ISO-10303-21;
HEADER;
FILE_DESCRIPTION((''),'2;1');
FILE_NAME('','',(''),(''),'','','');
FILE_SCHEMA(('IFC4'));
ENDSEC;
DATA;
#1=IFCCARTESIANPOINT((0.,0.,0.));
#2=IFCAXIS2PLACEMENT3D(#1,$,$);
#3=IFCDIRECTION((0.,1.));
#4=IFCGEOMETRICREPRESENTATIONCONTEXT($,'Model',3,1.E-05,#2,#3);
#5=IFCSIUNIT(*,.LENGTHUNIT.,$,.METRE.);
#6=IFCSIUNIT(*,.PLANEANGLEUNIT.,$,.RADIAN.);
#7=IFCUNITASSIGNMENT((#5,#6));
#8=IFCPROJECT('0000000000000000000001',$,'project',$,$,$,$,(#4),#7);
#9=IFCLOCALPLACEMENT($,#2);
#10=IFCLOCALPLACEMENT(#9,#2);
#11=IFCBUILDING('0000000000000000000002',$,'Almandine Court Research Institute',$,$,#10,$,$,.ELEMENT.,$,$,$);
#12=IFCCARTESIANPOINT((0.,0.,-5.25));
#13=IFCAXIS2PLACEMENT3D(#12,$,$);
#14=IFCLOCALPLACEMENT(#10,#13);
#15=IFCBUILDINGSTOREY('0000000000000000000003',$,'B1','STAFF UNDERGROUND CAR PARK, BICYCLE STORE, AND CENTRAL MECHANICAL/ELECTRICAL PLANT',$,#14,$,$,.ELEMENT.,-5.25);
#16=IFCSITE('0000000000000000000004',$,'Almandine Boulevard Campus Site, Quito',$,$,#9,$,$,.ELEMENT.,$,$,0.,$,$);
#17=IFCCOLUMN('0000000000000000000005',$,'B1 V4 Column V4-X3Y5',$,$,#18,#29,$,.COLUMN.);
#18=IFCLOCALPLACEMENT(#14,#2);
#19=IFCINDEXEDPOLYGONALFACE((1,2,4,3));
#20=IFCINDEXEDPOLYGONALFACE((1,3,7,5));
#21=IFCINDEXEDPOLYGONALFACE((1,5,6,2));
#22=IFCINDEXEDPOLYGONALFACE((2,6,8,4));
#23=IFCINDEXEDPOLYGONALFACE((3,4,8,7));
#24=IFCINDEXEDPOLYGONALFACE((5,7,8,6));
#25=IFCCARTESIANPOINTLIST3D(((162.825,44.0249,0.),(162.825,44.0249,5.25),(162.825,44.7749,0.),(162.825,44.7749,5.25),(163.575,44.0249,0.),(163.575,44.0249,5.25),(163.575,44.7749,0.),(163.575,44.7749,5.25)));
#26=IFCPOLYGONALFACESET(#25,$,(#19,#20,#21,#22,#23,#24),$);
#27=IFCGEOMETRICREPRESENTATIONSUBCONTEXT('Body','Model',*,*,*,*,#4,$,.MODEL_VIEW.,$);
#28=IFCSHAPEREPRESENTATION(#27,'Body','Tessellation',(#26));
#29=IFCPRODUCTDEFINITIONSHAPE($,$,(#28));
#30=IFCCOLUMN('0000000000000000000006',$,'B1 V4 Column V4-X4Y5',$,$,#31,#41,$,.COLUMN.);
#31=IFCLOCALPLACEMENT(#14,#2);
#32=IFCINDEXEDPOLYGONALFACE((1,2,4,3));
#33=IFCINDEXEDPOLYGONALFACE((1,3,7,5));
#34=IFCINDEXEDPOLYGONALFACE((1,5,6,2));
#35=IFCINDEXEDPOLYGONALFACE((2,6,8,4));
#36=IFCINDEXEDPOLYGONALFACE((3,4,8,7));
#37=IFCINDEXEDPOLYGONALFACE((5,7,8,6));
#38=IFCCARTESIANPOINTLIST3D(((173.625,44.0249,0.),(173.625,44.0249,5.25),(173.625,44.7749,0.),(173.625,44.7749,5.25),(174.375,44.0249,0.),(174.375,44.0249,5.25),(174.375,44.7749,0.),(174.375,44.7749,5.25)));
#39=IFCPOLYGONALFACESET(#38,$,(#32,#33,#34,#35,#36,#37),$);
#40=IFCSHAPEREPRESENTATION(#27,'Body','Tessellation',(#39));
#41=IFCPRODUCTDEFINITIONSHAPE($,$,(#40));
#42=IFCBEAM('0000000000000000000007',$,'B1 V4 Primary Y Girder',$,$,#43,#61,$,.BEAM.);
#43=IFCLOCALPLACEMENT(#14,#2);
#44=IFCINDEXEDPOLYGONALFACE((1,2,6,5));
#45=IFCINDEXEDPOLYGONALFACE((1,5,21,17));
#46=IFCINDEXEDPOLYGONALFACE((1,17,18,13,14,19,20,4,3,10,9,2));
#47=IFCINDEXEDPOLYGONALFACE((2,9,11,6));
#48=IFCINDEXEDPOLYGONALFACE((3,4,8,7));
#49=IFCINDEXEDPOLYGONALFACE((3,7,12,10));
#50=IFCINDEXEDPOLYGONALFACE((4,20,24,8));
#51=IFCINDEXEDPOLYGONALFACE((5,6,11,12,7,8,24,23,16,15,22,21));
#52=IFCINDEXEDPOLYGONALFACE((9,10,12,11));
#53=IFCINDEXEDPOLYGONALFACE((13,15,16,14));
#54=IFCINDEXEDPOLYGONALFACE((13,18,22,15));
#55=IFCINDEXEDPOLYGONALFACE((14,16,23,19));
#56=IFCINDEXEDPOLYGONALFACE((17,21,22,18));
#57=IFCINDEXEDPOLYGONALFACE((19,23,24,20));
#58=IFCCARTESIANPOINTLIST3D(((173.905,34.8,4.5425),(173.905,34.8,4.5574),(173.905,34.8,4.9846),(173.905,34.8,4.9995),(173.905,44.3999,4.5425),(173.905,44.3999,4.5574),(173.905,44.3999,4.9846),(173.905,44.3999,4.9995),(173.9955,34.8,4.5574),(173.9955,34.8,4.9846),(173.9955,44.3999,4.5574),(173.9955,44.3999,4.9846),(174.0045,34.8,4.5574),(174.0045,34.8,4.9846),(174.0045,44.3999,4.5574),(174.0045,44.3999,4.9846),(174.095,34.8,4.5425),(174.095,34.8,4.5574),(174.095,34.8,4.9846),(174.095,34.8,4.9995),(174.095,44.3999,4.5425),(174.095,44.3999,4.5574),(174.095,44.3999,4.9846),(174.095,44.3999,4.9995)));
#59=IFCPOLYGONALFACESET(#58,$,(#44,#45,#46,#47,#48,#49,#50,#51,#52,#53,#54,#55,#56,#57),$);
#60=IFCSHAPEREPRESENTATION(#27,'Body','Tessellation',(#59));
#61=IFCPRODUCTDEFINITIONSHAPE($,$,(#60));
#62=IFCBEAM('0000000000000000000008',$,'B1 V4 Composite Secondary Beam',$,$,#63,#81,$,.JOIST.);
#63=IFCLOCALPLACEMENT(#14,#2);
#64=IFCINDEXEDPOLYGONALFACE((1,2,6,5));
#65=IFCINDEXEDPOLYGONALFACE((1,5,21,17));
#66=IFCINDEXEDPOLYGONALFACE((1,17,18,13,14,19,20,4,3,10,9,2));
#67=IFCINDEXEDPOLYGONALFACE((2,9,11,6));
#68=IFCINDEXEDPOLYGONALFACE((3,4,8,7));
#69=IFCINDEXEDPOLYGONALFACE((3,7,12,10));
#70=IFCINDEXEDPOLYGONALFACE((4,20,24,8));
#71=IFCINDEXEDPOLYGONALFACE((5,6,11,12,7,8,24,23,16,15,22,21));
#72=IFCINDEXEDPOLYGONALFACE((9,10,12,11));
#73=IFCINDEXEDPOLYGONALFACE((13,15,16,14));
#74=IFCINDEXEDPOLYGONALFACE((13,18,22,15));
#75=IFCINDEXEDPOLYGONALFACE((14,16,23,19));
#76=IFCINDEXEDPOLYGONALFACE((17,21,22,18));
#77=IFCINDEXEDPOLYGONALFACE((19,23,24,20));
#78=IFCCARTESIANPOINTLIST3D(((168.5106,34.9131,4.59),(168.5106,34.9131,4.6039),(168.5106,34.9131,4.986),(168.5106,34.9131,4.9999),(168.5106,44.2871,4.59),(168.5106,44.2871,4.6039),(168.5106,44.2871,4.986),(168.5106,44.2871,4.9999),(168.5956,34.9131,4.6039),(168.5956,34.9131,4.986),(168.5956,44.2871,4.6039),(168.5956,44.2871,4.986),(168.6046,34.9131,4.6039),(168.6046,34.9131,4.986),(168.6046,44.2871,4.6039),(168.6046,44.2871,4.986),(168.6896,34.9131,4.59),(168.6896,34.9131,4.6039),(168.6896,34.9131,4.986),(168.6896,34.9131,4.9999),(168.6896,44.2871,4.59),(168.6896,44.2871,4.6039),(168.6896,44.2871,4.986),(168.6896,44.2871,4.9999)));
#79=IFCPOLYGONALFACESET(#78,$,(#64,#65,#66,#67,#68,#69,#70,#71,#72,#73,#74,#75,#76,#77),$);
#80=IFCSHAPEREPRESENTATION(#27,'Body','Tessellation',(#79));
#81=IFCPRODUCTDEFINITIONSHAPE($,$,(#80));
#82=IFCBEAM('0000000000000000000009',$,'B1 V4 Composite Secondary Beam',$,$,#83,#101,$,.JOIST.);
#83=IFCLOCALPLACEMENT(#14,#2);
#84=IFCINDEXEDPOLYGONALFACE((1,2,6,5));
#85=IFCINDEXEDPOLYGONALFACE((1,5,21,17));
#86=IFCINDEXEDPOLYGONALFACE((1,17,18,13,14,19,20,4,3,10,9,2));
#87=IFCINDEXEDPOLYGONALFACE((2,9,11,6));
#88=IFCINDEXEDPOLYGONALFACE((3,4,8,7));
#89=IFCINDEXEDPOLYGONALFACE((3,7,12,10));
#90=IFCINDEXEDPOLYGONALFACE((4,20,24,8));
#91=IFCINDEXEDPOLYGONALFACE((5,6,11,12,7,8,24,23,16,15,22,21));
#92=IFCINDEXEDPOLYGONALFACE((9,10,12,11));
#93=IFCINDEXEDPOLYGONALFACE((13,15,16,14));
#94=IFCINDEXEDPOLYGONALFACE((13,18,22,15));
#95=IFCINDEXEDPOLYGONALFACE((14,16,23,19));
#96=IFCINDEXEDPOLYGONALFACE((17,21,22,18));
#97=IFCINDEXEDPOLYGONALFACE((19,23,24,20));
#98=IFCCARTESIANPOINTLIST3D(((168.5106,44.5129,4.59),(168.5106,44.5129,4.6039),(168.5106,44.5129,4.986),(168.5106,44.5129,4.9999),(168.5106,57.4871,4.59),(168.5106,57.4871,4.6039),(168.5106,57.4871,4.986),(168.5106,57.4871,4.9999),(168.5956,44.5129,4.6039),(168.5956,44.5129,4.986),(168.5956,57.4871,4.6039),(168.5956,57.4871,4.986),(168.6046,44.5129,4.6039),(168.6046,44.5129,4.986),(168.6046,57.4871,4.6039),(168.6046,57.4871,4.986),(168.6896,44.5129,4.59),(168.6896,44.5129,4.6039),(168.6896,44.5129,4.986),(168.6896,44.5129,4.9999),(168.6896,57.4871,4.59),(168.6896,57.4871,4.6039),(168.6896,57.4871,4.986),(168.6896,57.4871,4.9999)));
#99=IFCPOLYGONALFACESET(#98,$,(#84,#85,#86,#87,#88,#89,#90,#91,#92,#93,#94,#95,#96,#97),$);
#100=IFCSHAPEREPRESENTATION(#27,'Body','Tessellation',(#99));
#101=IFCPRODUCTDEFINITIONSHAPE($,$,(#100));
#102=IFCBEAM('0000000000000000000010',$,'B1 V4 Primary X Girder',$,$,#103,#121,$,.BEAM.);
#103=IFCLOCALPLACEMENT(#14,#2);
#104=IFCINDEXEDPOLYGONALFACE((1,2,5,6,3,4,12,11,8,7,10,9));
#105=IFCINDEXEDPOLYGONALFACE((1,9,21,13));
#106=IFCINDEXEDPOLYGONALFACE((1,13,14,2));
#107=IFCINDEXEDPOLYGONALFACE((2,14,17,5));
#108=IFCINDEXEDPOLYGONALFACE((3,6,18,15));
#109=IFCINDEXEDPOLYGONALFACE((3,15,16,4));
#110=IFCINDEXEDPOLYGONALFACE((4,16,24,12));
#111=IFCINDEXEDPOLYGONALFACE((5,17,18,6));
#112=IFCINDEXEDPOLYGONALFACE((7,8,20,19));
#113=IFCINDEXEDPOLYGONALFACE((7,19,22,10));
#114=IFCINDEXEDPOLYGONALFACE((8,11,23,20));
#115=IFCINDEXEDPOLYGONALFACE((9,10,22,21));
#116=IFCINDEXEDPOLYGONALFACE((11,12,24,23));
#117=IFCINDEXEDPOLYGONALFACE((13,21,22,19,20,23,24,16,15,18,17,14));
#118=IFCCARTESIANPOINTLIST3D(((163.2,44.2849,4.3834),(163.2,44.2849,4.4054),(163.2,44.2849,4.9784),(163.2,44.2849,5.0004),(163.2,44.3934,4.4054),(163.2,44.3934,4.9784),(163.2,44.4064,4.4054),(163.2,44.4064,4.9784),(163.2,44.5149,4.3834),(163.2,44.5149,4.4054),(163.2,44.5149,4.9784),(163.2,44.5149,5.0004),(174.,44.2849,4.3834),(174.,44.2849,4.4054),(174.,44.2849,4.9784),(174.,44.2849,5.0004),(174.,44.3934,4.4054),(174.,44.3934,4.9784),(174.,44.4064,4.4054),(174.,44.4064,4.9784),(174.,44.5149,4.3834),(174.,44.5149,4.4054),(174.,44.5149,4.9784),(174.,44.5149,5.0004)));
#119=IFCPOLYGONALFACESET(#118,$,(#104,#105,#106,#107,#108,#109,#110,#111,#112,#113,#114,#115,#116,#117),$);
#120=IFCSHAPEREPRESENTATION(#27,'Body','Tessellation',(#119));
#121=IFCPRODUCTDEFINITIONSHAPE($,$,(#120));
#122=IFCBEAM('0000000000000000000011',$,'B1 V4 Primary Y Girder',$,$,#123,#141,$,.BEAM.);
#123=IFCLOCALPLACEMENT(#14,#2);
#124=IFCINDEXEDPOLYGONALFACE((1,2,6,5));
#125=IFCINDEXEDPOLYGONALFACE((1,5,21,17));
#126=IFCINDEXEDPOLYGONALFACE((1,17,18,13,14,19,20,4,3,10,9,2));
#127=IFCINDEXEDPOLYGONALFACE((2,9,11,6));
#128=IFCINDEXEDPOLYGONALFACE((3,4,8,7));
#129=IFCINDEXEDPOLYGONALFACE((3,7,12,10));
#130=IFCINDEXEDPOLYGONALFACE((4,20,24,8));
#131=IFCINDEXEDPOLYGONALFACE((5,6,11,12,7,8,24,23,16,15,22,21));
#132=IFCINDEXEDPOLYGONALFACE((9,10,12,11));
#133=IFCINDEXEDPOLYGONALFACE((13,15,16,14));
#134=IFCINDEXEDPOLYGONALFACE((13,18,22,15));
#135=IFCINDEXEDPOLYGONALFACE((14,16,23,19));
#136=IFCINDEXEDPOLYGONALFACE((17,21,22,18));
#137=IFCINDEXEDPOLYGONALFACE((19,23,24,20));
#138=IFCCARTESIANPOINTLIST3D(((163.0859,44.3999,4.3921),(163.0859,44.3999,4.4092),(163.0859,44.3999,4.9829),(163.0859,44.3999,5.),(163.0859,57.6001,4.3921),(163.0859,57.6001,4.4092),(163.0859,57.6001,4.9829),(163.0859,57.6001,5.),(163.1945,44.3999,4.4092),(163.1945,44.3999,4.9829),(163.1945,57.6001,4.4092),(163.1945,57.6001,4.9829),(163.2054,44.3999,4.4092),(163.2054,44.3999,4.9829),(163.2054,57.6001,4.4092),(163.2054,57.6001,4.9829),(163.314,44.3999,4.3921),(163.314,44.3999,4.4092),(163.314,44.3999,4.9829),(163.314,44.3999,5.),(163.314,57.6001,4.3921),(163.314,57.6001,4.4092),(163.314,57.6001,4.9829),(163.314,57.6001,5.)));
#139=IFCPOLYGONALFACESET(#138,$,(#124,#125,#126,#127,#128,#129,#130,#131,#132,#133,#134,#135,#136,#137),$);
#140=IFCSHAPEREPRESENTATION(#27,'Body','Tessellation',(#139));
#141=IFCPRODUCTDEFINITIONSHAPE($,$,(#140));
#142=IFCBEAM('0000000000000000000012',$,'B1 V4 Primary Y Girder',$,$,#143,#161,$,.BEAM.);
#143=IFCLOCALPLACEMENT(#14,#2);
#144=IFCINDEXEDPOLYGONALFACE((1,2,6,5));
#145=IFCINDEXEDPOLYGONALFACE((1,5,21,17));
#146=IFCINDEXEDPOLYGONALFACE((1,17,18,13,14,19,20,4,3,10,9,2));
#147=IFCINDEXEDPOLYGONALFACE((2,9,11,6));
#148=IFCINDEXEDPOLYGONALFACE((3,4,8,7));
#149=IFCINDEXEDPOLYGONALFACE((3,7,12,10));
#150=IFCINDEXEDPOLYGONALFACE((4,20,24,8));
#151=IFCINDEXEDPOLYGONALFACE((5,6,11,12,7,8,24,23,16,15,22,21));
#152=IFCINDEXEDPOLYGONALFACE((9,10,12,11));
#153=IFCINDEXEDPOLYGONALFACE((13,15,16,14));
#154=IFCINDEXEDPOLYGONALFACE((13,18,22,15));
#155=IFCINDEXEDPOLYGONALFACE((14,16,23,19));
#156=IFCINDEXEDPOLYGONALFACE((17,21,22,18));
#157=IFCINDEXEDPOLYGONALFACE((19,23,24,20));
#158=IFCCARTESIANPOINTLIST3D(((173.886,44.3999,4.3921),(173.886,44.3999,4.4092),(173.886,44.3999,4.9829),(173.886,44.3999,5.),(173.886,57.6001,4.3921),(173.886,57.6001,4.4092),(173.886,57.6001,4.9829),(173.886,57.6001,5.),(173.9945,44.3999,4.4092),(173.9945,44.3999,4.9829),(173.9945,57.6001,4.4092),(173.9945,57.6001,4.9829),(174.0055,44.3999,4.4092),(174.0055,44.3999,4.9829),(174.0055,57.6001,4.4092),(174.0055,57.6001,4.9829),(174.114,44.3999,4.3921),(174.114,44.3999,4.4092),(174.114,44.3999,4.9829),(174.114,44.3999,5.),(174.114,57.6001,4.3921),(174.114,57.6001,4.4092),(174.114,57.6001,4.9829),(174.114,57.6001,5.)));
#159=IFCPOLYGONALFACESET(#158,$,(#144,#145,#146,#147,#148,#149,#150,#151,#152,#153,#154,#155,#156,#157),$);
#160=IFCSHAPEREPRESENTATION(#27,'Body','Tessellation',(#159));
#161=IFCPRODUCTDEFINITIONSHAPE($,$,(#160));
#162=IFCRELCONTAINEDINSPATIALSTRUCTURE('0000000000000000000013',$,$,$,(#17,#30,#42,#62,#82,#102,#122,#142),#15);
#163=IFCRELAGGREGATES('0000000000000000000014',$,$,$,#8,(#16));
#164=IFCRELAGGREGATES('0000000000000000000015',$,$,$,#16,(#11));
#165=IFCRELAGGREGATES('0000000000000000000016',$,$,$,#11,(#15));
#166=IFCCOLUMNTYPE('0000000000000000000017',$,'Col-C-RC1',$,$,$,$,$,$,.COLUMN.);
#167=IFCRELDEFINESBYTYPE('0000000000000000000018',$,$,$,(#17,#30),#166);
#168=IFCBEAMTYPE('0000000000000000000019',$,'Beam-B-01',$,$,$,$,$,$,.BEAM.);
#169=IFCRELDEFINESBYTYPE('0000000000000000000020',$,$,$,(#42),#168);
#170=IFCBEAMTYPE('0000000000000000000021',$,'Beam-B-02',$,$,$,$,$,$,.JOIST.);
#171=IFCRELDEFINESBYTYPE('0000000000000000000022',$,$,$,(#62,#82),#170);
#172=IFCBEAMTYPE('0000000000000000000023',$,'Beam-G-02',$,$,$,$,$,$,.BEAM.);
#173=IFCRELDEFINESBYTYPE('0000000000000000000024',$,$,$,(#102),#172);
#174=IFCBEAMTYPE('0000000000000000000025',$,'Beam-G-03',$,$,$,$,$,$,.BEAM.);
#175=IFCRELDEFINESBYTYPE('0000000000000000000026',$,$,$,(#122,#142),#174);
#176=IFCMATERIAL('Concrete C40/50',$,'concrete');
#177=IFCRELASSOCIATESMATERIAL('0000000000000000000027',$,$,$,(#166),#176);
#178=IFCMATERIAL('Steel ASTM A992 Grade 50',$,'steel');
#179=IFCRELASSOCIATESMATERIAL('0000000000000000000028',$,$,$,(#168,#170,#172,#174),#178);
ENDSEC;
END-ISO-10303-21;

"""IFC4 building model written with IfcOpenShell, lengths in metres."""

from ifc_helpers import new_model, si_unit, direction, frame, origin, origin_2d, place, context, subcontext, project, spatial, rectangle, i_section, extrude, material, material_profile, profile_set, type_object, element, save


model = new_model("IFC4")

# Units and contexts
model_context = context("Model", 3, precision=1e-05, world=origin(), true_north=direction((0.0, 1.0)))
body_context = subcontext(model_context, "Body", "Model", "MODEL_VIEW")
ifc_project = project(units=[si_unit("LENGTHUNIT", "METRE"), si_unit("PLANEANGLEUNIT", "RADIAN")], contexts=[model_context])

# Site, building, storey
site_placement = place(None, origin())
site = spatial("IfcSite", under=ifc_project, at=site_placement, Name="Almandine Boulevard Campus Site, Quito", CompositionType="ELEMENT", RefElevation=0.0)
building_placement = place(site_placement, origin())
building = spatial("IfcBuilding", under=site, at=building_placement, Name="Almandine Court Research Institute", CompositionType="ELEMENT")
storey_placement = place(building_placement, frame((0.0, 0.0, -5.25)))
storey = spatial("IfcBuildingStorey", under=building, at=storey_placement, Name="B1", Description="STAFF UNDERGROUND CAR PARK, BICYCLE STORE, AND CENTRAL MECHANICAL/ELECTRICAL PLANT", CompositionType="ELEMENT", Elevation=-5.25)

# Columns
ifc_material_1 = material(Name="Concrete C40/50", Category="concrete")
ifc_material_profile_1 = material_profile(ifc_material_1, rectangle(XDim=0.75, YDim=0.75, at=origin_2d()), Name="RC 750x750")
ifc_profile_set_1 = profile_set([ifc_material_profile_1], Name="Concrete C40/50")
column_type = type_object("IfcColumnType", Name="Col-C-RC1", PredefinedType="COLUMN", material=ifc_profile_set_1)
for number, where, z_axis, x_axis, name in (
    (1, (163.2, 44.3999, 0.0), (0.0, 0.0, 1.0), (1.0, 0.0, 0.0), "B1 V4 Column V4-X3Y5"),
    (2, (174.0, 44.3999, 0.0), (0.0, 0.0, 1.0), (1.0, 0.0, 0.0), "B1 V4 Column V4-X4Y5"),
):
    element("IfcColumn", number, at=place(storey_placement, frame(where, z_axis=z_axis, x_axis=x_axis)), inside=storey, type_object=column_type, Name=name, PredefinedType="COLUMN", context=body_context, shape_type="SweptSolid", body=[
        extrude(rectangle(XDim=0.75, YDim=0.75, at=origin_2d()), origin(), (0.0, 0.0, 1.0), 5.25),
    ])

# Beams
ifc_material_2 = material(Name="Steel ASTM A992 Grade 50", Category="steel")
ifc_material_profile_2 = material_profile(ifc_material_2, i_section(OverallWidth=0.1899, OverallDepth=0.457, WebThickness=0.009, FlangeThickness=0.0149, at=origin_2d()), Name="W460x74")
ifc_profile_set_2 = profile_set([ifc_material_profile_2], Name="Steel ASTM A992 Grade 50")
beam_type_1 = type_object("IfcBeamType", Name="Beam-B-01", PredefinedType="BEAM", material=ifc_profile_set_2)
beam_1_placement = place(storey_placement, frame((174.0, 34.8, 4.771), z_axis=(0.0, 1.0, 0.0), x_axis=(-1.0, 0.0, 0.0)))
element("IfcBeam", 3, at=beam_1_placement, inside=storey, type_object=beam_type_1, Name="B1 V4 Primary Y Girder", PredefinedType="BEAM", context=body_context, shape_type="SweptSolid", body=[
    extrude(i_section(OverallWidth=0.1899, OverallDepth=0.457, WebThickness=0.009, FlangeThickness=0.0149, at=origin_2d()), origin(), (0.0, 0.0, 1.0), 9.5999),
])
ifc_material_profile_3 = material_profile(ifc_material_2, i_section(OverallWidth=0.179, OverallDepth=0.4099, WebThickness=0.009, FlangeThickness=0.0139, at=origin_2d()), Name="W410x67")
ifc_profile_set_3 = profile_set([ifc_material_profile_3], Name="Steel ASTM A992 Grade 50")
beam_type_2 = type_object("IfcBeamType", Name="Beam-B-02", PredefinedType="JOIST", material=ifc_profile_set_3)
beam_2_placement = place(storey_placement, frame((168.6001, 34.9131, 4.7949), z_axis=(0.0, 1.0, 0.0), x_axis=(-1.0, 0.0, 0.0)))
element("IfcBeam", 4, at=beam_2_placement, inside=storey, type_object=beam_type_2, Name="B1 V4 Composite Secondary Beam", PredefinedType="JOIST", context=body_context, shape_type="SweptSolid", body=[
    extrude(i_section(OverallWidth=0.179, OverallDepth=0.4099, WebThickness=0.009, FlangeThickness=0.0139, at=origin_2d()), origin(), (0.0, 0.0, 1.0), 9.374),
])
beam_3_placement = place(storey_placement, frame((168.6001, 44.5129, 4.7949), z_axis=(0.0, 1.0, 0.0), x_axis=(-1.0, 0.0, 0.0)))
element("IfcBeam", 5, at=beam_3_placement, inside=storey, type_object=beam_type_2, Name="B1 V4 Composite Secondary Beam", PredefinedType="JOIST", context=body_context, shape_type="SweptSolid", body=[
    extrude(i_section(OverallWidth=0.179, OverallDepth=0.4099, WebThickness=0.009, FlangeThickness=0.0139, at=origin_2d()), origin(), (0.0, 0.0, 1.0), 12.9741),
])
ifc_material_profile_4 = material_profile(ifc_material_2, i_section(OverallWidth=0.23, OverallDepth=0.6169, WebThickness=0.0129, FlangeThickness=0.022, at=origin_2d()), Name="W610x140")
ifc_profile_set_4 = profile_set([ifc_material_profile_4], Name="Steel ASTM A992 Grade 50")
beam_type_3 = type_object("IfcBeamType", Name="Beam-G-02", PredefinedType="BEAM", material=ifc_profile_set_4)
beam_4_placement = place(storey_placement, frame((163.2, 44.3999, 4.6919), z_axis=(1.0, 0.0, 0.0), x_axis=(0.0, 1.0, 0.0)))
element("IfcBeam", 6, at=beam_4_placement, inside=storey, type_object=beam_type_3, Name="B1 V4 Primary X Girder", PredefinedType="BEAM", context=body_context, shape_type="SweptSolid", body=[
    extrude(i_section(OverallWidth=0.23, OverallDepth=0.6169, WebThickness=0.0129, FlangeThickness=0.022, at=origin_2d()), origin(), (0.0, 0.0, 1.0), 10.8),
])
ifc_material_profile_5 = material_profile(ifc_material_2, i_section(OverallWidth=0.228, OverallDepth=0.6079, WebThickness=0.011, FlangeThickness=0.0171, at=origin_2d()), Name="W610x113")
ifc_profile_set_5 = profile_set([ifc_material_profile_5], Name="Steel ASTM A992 Grade 50")
beam_type_4 = type_object("IfcBeamType", Name="Beam-G-03", PredefinedType="BEAM", material=ifc_profile_set_5)
for number, where, z_axis, x_axis, name in (
    (7, (163.2, 44.3999, 4.696), (0.0, 1.0, 0.0), (-1.0, 0.0, 0.0), "B1 V4 Primary Y Girder"),
    (8, (174.0, 44.3999, 4.696), (0.0, 1.0, 0.0), (-1.0, 0.0, 0.0), "B1 V4 Primary Y Girder"),
):
    element("IfcBeam", number, at=place(storey_placement, frame(where, z_axis=z_axis, x_axis=x_axis)), inside=storey, type_object=beam_type_4, Name=name, PredefinedType="BEAM", context=body_context, shape_type="SweptSolid", body=[
        extrude(i_section(OverallWidth=0.228, OverallDepth=0.6079, WebThickness=0.011, FlangeThickness=0.0171, at=origin_2d()), origin(), (0.0, 0.0, 1.0), 13.2002),
    ])

save(model, "model.ifc")
